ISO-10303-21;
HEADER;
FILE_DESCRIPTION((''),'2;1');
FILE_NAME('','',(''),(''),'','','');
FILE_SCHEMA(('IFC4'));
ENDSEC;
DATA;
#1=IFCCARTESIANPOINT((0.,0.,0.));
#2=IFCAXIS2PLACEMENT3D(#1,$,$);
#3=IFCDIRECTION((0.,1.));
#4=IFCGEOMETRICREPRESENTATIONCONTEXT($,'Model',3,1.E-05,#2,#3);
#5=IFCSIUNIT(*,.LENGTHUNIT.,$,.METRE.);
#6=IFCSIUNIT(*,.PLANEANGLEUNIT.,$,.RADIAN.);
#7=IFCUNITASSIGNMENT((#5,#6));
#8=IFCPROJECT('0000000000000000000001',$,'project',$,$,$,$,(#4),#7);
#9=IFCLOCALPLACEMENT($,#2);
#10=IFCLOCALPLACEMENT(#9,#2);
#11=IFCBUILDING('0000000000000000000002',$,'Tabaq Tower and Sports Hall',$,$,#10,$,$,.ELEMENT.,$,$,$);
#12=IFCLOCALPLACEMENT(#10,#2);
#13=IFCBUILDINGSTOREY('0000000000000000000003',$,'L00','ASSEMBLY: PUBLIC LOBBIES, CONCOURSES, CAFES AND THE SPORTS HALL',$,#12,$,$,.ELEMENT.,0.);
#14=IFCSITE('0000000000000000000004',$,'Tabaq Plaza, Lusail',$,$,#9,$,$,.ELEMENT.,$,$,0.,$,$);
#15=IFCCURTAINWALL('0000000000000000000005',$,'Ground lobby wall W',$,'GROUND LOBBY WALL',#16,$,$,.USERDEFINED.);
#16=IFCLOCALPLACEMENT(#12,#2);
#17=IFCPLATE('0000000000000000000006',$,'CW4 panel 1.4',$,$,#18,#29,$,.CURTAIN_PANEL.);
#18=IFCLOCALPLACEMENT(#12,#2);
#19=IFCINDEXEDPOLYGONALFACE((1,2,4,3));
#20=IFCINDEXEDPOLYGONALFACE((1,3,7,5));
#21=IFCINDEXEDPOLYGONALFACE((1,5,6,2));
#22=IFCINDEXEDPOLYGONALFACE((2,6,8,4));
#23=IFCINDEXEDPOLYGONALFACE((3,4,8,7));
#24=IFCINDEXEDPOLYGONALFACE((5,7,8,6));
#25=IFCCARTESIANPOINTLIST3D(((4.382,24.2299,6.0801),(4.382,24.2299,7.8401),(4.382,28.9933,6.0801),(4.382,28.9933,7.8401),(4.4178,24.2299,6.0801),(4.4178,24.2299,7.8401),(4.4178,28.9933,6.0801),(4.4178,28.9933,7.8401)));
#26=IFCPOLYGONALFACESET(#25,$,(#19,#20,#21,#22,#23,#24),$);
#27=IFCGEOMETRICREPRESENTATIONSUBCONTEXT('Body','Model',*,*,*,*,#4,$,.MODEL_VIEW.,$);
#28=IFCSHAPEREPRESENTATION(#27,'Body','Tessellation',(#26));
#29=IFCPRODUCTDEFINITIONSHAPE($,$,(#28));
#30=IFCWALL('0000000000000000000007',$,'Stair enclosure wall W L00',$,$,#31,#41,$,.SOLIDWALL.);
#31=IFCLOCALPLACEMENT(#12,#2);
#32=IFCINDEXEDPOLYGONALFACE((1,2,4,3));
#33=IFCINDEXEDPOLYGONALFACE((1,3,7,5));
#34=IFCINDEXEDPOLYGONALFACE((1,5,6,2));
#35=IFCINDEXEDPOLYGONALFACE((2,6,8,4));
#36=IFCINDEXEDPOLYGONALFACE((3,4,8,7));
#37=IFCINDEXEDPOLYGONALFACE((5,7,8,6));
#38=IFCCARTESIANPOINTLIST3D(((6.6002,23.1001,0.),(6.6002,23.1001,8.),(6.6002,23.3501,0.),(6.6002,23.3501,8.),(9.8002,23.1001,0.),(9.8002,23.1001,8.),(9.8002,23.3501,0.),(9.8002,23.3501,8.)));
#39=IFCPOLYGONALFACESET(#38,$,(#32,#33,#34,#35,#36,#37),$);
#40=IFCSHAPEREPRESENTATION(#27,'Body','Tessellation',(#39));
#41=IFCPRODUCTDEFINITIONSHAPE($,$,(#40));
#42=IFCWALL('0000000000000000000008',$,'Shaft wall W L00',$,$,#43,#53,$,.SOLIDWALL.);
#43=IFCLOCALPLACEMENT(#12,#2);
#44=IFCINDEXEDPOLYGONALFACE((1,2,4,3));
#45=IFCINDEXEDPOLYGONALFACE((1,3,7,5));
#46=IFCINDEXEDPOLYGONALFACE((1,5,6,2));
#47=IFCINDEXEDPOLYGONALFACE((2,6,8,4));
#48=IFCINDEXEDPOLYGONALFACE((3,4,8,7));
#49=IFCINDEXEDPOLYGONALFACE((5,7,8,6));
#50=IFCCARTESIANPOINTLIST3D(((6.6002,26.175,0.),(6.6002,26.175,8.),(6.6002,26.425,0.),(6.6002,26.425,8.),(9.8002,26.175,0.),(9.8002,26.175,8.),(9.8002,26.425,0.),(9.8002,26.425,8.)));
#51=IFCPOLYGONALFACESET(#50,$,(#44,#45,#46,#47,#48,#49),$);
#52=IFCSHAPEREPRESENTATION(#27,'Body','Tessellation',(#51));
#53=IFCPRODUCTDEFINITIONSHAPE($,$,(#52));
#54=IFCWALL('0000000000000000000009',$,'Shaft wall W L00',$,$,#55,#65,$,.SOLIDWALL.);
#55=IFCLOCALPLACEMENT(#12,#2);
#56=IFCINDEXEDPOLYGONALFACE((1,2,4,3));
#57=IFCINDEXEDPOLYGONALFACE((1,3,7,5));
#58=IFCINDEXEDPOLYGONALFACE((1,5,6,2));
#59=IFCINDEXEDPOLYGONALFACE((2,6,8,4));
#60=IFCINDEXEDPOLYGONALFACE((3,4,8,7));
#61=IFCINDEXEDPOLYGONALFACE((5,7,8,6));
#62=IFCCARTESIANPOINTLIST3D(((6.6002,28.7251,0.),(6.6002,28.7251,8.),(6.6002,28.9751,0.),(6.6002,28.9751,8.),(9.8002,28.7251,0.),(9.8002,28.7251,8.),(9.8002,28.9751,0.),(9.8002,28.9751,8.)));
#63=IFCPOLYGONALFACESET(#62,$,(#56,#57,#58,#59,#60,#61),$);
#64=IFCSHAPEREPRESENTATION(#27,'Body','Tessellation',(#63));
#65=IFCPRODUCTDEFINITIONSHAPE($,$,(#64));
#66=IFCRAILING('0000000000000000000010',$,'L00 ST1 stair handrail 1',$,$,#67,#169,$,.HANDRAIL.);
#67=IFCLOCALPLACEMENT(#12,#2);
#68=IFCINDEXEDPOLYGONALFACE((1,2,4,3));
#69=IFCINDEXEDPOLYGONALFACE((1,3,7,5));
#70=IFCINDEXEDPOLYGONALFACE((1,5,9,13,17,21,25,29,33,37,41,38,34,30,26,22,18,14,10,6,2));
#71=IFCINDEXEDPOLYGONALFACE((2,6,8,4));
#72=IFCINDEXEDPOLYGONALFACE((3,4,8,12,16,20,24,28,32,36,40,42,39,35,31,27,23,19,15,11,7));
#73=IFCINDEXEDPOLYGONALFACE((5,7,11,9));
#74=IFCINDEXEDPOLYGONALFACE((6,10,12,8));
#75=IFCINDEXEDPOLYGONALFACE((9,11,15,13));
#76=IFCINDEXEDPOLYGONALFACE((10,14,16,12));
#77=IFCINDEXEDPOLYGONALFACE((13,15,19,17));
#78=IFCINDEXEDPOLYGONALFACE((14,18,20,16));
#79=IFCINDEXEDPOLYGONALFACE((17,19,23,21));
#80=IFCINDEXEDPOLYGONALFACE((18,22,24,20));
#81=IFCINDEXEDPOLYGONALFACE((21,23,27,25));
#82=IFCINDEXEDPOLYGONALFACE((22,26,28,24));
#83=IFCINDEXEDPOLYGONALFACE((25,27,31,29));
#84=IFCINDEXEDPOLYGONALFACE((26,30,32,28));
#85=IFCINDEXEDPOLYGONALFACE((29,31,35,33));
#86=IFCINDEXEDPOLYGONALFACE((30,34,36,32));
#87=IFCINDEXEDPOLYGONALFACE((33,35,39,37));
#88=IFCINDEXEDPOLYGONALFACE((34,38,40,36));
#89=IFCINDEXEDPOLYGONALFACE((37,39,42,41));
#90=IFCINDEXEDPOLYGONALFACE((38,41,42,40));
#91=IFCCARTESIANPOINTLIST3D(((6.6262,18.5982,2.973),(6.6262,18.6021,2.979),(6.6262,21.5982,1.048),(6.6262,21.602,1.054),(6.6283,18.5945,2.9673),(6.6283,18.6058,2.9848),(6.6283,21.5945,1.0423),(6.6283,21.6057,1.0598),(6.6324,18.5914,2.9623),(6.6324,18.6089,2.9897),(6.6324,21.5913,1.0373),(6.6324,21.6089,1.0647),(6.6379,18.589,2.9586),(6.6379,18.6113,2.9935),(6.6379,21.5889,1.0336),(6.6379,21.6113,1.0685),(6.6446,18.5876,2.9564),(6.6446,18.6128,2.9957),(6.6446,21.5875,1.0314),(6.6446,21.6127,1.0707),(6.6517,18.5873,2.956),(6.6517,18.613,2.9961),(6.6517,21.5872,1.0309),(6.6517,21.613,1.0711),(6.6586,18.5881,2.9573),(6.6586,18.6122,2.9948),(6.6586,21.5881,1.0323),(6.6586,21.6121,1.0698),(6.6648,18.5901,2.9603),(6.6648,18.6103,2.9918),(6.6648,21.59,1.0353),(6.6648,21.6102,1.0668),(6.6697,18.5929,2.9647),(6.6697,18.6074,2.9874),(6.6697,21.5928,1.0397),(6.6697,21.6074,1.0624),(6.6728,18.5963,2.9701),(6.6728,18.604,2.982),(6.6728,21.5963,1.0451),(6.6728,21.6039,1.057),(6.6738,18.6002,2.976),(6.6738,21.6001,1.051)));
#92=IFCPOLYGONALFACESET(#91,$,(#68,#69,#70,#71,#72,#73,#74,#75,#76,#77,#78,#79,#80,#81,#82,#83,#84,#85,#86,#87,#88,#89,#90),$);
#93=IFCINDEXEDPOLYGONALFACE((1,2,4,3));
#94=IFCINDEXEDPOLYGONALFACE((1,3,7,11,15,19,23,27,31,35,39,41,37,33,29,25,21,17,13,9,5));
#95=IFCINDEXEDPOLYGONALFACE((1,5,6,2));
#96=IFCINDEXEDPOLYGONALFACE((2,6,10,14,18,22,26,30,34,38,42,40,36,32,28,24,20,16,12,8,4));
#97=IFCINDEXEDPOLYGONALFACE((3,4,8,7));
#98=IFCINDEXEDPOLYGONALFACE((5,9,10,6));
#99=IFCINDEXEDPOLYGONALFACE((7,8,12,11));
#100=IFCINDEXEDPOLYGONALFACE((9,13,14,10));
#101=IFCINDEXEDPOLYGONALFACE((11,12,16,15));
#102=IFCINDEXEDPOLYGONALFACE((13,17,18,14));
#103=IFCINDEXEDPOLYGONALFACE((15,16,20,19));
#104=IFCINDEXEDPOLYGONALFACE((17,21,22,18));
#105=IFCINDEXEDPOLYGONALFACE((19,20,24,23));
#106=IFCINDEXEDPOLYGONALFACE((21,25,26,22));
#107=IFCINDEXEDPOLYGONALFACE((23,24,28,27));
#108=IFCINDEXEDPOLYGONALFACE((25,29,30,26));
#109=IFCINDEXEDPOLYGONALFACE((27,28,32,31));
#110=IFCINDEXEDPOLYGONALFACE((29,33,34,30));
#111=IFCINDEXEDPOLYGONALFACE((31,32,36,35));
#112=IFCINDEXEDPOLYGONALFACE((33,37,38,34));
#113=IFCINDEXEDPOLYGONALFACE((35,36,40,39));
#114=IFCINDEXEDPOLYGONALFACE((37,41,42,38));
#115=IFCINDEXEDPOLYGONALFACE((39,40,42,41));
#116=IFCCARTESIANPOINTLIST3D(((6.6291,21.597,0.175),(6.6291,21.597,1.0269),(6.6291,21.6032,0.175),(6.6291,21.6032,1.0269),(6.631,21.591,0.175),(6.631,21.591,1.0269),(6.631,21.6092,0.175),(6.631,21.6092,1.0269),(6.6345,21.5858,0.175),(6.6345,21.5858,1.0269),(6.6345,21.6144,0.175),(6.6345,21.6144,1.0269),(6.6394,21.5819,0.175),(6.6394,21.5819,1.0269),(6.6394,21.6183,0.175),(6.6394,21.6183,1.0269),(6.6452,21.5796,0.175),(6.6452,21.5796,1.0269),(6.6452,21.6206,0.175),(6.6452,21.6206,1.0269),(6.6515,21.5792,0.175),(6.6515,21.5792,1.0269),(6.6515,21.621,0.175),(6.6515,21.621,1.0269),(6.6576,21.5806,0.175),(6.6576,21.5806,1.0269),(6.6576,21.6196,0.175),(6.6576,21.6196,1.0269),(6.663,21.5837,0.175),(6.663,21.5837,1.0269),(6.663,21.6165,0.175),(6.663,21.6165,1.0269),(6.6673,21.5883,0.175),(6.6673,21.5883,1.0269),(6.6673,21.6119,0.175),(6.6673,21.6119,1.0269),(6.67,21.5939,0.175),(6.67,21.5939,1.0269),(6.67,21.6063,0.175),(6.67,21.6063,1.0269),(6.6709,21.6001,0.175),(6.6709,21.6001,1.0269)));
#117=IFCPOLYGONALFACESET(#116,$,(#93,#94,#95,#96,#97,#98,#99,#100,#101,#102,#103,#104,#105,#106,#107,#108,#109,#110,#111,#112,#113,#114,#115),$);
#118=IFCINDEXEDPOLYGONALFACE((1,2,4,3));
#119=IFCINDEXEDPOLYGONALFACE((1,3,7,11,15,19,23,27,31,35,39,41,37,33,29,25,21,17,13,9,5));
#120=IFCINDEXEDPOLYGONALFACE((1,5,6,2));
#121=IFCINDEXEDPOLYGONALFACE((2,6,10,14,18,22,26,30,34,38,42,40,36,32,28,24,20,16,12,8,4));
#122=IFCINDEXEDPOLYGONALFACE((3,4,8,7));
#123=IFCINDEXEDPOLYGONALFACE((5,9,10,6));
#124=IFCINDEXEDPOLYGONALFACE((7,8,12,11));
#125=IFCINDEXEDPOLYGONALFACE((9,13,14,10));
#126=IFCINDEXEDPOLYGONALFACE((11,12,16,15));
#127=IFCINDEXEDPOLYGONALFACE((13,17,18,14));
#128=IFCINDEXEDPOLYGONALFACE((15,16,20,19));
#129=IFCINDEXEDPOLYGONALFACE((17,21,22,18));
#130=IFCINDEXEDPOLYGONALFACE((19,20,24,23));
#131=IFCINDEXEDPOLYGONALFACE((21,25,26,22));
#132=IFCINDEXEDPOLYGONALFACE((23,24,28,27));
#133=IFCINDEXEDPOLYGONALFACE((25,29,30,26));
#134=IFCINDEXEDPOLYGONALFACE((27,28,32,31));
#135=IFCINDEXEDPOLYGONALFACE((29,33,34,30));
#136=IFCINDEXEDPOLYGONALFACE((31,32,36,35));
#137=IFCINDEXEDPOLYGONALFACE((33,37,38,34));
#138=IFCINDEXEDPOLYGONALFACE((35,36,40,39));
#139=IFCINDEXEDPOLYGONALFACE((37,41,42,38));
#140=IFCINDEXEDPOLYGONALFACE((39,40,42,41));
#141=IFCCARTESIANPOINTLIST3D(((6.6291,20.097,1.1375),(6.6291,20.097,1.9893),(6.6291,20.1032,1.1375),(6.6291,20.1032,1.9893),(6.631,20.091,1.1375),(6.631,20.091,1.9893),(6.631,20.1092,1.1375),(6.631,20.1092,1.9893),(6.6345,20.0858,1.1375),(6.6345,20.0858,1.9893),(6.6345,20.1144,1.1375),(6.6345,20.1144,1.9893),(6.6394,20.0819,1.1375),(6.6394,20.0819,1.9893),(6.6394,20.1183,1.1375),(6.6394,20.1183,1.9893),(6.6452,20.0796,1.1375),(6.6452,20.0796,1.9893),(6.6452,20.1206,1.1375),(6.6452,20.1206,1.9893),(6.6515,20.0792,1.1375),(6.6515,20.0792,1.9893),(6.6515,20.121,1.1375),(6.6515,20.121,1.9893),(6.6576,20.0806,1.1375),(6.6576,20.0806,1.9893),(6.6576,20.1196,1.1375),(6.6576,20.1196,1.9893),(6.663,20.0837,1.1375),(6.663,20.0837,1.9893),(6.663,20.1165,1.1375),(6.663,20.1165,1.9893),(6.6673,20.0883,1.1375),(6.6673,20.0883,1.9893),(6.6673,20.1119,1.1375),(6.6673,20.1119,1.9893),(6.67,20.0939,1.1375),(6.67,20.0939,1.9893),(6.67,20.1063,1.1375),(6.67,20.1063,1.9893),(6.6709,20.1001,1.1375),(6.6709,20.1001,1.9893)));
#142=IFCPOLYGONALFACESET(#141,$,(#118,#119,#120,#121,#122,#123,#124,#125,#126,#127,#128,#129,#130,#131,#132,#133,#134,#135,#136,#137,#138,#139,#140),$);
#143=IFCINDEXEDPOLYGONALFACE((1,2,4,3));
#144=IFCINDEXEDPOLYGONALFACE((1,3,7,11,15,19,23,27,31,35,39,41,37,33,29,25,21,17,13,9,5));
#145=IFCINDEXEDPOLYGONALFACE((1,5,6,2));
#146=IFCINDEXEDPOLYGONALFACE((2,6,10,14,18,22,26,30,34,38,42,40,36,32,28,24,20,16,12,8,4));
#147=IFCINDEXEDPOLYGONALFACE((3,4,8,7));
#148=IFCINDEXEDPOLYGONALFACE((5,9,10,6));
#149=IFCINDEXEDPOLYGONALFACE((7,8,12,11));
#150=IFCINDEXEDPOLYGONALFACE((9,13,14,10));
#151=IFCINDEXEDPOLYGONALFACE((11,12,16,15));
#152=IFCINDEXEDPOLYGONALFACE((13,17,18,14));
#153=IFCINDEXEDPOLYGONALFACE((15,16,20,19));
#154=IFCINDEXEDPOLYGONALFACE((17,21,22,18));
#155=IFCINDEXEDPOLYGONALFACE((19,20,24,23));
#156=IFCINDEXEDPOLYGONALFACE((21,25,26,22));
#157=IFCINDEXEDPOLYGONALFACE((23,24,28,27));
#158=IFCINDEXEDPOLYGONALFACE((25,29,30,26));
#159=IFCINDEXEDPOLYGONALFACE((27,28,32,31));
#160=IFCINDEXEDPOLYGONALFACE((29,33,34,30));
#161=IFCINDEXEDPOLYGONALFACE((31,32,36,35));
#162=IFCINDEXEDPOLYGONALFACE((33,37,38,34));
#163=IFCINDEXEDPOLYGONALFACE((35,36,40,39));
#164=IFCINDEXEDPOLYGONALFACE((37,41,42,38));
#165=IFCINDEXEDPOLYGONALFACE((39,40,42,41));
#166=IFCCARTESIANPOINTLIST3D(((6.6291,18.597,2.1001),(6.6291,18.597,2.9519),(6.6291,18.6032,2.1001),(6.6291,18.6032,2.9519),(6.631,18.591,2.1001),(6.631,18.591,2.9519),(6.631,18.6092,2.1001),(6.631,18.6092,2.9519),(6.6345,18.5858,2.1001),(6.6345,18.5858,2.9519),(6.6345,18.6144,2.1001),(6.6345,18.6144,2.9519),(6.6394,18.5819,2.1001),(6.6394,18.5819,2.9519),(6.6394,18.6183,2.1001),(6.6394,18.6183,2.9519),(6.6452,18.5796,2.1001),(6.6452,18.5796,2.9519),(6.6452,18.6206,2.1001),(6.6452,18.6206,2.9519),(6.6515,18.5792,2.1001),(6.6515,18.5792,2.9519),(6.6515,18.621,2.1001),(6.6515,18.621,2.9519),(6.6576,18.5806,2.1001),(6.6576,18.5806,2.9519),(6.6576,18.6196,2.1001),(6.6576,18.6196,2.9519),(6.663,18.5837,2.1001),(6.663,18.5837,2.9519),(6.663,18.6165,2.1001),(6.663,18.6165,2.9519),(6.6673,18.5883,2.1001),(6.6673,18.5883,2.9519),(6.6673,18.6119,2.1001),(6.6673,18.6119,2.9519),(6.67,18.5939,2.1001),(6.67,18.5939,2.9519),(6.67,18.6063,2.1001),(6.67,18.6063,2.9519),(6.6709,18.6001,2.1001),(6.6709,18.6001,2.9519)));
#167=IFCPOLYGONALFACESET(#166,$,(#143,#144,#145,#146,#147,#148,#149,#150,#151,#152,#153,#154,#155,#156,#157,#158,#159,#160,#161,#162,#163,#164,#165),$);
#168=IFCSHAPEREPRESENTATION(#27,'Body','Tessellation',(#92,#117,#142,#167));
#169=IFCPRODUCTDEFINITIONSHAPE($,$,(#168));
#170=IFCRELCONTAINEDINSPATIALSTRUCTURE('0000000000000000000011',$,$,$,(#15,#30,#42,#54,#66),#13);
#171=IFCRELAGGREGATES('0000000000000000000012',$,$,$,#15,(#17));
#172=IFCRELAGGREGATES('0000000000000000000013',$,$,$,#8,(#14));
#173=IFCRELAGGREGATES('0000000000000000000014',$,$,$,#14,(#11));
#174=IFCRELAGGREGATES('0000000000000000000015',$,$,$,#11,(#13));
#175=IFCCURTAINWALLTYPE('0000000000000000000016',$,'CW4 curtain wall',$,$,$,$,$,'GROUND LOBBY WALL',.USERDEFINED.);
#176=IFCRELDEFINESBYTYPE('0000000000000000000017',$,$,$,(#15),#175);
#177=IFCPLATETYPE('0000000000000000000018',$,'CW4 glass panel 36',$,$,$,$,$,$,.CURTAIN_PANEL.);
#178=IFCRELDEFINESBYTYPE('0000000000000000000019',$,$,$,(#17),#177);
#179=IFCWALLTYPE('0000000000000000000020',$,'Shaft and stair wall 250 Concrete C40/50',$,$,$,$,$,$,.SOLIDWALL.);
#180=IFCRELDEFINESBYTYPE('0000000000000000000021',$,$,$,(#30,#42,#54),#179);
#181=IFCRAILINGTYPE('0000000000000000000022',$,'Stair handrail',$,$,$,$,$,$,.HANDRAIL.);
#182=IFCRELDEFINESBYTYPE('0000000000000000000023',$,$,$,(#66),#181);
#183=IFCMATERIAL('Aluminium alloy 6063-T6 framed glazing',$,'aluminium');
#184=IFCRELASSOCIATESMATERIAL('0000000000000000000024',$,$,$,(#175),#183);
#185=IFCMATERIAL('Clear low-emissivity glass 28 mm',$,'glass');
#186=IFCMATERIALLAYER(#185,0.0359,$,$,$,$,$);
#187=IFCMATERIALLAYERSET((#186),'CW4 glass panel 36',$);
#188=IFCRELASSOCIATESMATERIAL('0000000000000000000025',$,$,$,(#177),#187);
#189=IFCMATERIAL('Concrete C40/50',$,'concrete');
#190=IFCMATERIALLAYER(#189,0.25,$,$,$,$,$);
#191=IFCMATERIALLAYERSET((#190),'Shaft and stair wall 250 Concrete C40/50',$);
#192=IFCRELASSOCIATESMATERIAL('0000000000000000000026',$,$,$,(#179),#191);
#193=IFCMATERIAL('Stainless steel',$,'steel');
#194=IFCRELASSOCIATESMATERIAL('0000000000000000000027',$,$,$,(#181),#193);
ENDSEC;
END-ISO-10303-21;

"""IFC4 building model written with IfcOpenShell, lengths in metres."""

from ifc_helpers import new_model, si_unit, direction, frame, frame_2d, origin, origin_2d, place, context, subcontext, project, spatial, rectangle, circle, extrude, material, layer, layer_set, type_object, element, aggregate, save


model = new_model("IFC4")

# Units and contexts
model_context = context("Model", 3, precision=1e-05, world=origin(), true_north=direction((0.0, 1.0)))
body_context = subcontext(model_context, "Body", "Model", "MODEL_VIEW")
ifc_project = project(units=[si_unit("LENGTHUNIT", "METRE"), si_unit("PLANEANGLEUNIT", "RADIAN")], contexts=[model_context])

# Site, building, storey
site_placement = place(None, origin())
site = spatial("IfcSite", under=ifc_project, at=site_placement, Name="Tabaq Plaza, Lusail", CompositionType="ELEMENT", RefElevation=0.0)
building_placement = place(site_placement, origin())
building = spatial("IfcBuilding", under=site, at=building_placement, Name="Tabaq Tower and Sports Hall", CompositionType="ELEMENT")
storey_placement = place(building_placement, origin())
storey = spatial("IfcBuildingStorey", under=building, at=storey_placement, Name="L00", Description="ASSEMBLY: PUBLIC LOBBIES, CONCOURSES, CAFES AND THE SPORTS HALL", CompositionType="ELEMENT", Elevation=0.0)

# Curtain wall
ifc_material_1 = material(Name="Aluminium alloy 6063-T6 framed glazing", Category="aluminium")
curtain_wall_type = type_object("IfcCurtainWallType", Name="CW4 curtain wall", ElementType="GROUND LOBBY WALL", PredefinedType="USERDEFINED", material=ifc_material_1)
curtain_wall_placement = place(storey_placement, origin())
curtain_wall = element("IfcCurtainWall", 1, at=curtain_wall_placement, inside=storey, type_object=curtain_wall_type, Name="Ground lobby wall W", ObjectType="GROUND LOBBY WALL", PredefinedType="USERDEFINED")

# Plate
ifc_material_2 = material(Name="Clear low-emissivity glass 28 mm", Category="glass")
ifc_layer_1 = layer(ifc_material_2, 0.0359)
ifc_layer_set_1 = layer_set([ifc_layer_1], Name="CW4 glass panel 36")
plate_type = type_object("IfcPlateType", Name="CW4 glass panel 36", PredefinedType="CURTAIN_PANEL", material=ifc_layer_set_1)
plate_1_placement = place(storey_placement, frame((4.3999, 26.6116, 6.0801), z_axis=(0.0, 0.0, 1.0), x_axis=(0.0, 1.0, 0.0)))
plate_1 = element("IfcPlate", 2, at=plate_1_placement, type_object=plate_type, Name="CW4 panel 1.4", PredefinedType="CURTAIN_PANEL", context=body_context, shape_type="SweptSolid", body=[
    extrude(rectangle(XDim=4.7634, YDim=0.0359, at=origin_2d()), origin(), (0.0, 0.0, 1.0), 1.76),
])
aggregate(curtain_wall, [plate_1])

# Walls
ifc_material_3 = material(Name="Concrete C40/50", Category="concrete")
ifc_layer_2 = layer(ifc_material_3, 0.25)
ifc_layer_set_2 = layer_set([ifc_layer_2], Name="Shaft and stair wall 250 Concrete C40/50")
wall_type = type_object("IfcWallType", Name="Shaft and stair wall 250 Concrete C40/50", PredefinedType="SOLIDWALL", material=ifc_layer_set_2)
for number, where, z_axis, x_axis, name in (
    (3, (6.6001, 23.2251, 0.0), (0.0, 0.0, 1.0), (1.0, 0.0, 0.0), "Stair enclosure wall W L00"),
    (4, (6.6001, 26.3, 0.0), (0.0, 0.0, 1.0), (1.0, 0.0, 0.0), "Shaft wall W L00"),
    (5, (6.6001, 28.8501, 0.0), (0.0, 0.0, 1.0), (1.0, 0.0, 0.0), "Shaft wall W L00"),
):
    element("IfcWall", number, at=place(storey_placement, frame(where, z_axis=z_axis, x_axis=x_axis)), inside=storey, type_object=wall_type, Name=name, PredefinedType="SOLIDWALL", context=body_context, shape_type="SweptSolid", body=[
        extrude(rectangle(XDim=3.2, YDim=0.25, at=frame_2d((1.6001, 0.0))), origin(), (0.0, 0.0, 1.0), 8.0),
    ])

# Railing
ifc_material_4 = material(Name="Stainless steel", Category="steel")
railing_type = type_object("IfcRailingType", Name="Stair handrail", PredefinedType="HANDRAIL", material=ifc_material_4)
for number, where, name in (
    (6, (6.6499, 21.6001, 0.175), "L00 ST1 stair handrail 1"),
):
    element("IfcRailing", number, at=place(storey_placement, frame(where)), inside=storey, type_object=railing_type, Name=name, PredefinedType="HANDRAIL", context=body_context, shape_type="SweptSolid", body=[
        extrude(circle(Radius=0.0239, at=origin_2d()), frame((0.0, 0.0, 0.876), z_axis=(0.0, -0.841628, 0.540058), x_axis=(1.0, 0.0, 0.0)), (0.0, 0.0, 1.0), 3.5645),
        extrude(circle(Radius=0.021, at=origin_2d()), origin(), (0.0, 0.0, 1.0), 0.8518),
        extrude(circle(Radius=0.021, at=origin_2d()), frame((0.0, -1.5, 0.9624)), (0.0, 0.0, 1.0), 0.8518),
        extrude(circle(Radius=0.021, at=origin_2d()), frame((0.0, -3.0, 1.925)), (0.0, 0.0, 1.0), 0.8518),
    ])

save(model, "model.ifc")
